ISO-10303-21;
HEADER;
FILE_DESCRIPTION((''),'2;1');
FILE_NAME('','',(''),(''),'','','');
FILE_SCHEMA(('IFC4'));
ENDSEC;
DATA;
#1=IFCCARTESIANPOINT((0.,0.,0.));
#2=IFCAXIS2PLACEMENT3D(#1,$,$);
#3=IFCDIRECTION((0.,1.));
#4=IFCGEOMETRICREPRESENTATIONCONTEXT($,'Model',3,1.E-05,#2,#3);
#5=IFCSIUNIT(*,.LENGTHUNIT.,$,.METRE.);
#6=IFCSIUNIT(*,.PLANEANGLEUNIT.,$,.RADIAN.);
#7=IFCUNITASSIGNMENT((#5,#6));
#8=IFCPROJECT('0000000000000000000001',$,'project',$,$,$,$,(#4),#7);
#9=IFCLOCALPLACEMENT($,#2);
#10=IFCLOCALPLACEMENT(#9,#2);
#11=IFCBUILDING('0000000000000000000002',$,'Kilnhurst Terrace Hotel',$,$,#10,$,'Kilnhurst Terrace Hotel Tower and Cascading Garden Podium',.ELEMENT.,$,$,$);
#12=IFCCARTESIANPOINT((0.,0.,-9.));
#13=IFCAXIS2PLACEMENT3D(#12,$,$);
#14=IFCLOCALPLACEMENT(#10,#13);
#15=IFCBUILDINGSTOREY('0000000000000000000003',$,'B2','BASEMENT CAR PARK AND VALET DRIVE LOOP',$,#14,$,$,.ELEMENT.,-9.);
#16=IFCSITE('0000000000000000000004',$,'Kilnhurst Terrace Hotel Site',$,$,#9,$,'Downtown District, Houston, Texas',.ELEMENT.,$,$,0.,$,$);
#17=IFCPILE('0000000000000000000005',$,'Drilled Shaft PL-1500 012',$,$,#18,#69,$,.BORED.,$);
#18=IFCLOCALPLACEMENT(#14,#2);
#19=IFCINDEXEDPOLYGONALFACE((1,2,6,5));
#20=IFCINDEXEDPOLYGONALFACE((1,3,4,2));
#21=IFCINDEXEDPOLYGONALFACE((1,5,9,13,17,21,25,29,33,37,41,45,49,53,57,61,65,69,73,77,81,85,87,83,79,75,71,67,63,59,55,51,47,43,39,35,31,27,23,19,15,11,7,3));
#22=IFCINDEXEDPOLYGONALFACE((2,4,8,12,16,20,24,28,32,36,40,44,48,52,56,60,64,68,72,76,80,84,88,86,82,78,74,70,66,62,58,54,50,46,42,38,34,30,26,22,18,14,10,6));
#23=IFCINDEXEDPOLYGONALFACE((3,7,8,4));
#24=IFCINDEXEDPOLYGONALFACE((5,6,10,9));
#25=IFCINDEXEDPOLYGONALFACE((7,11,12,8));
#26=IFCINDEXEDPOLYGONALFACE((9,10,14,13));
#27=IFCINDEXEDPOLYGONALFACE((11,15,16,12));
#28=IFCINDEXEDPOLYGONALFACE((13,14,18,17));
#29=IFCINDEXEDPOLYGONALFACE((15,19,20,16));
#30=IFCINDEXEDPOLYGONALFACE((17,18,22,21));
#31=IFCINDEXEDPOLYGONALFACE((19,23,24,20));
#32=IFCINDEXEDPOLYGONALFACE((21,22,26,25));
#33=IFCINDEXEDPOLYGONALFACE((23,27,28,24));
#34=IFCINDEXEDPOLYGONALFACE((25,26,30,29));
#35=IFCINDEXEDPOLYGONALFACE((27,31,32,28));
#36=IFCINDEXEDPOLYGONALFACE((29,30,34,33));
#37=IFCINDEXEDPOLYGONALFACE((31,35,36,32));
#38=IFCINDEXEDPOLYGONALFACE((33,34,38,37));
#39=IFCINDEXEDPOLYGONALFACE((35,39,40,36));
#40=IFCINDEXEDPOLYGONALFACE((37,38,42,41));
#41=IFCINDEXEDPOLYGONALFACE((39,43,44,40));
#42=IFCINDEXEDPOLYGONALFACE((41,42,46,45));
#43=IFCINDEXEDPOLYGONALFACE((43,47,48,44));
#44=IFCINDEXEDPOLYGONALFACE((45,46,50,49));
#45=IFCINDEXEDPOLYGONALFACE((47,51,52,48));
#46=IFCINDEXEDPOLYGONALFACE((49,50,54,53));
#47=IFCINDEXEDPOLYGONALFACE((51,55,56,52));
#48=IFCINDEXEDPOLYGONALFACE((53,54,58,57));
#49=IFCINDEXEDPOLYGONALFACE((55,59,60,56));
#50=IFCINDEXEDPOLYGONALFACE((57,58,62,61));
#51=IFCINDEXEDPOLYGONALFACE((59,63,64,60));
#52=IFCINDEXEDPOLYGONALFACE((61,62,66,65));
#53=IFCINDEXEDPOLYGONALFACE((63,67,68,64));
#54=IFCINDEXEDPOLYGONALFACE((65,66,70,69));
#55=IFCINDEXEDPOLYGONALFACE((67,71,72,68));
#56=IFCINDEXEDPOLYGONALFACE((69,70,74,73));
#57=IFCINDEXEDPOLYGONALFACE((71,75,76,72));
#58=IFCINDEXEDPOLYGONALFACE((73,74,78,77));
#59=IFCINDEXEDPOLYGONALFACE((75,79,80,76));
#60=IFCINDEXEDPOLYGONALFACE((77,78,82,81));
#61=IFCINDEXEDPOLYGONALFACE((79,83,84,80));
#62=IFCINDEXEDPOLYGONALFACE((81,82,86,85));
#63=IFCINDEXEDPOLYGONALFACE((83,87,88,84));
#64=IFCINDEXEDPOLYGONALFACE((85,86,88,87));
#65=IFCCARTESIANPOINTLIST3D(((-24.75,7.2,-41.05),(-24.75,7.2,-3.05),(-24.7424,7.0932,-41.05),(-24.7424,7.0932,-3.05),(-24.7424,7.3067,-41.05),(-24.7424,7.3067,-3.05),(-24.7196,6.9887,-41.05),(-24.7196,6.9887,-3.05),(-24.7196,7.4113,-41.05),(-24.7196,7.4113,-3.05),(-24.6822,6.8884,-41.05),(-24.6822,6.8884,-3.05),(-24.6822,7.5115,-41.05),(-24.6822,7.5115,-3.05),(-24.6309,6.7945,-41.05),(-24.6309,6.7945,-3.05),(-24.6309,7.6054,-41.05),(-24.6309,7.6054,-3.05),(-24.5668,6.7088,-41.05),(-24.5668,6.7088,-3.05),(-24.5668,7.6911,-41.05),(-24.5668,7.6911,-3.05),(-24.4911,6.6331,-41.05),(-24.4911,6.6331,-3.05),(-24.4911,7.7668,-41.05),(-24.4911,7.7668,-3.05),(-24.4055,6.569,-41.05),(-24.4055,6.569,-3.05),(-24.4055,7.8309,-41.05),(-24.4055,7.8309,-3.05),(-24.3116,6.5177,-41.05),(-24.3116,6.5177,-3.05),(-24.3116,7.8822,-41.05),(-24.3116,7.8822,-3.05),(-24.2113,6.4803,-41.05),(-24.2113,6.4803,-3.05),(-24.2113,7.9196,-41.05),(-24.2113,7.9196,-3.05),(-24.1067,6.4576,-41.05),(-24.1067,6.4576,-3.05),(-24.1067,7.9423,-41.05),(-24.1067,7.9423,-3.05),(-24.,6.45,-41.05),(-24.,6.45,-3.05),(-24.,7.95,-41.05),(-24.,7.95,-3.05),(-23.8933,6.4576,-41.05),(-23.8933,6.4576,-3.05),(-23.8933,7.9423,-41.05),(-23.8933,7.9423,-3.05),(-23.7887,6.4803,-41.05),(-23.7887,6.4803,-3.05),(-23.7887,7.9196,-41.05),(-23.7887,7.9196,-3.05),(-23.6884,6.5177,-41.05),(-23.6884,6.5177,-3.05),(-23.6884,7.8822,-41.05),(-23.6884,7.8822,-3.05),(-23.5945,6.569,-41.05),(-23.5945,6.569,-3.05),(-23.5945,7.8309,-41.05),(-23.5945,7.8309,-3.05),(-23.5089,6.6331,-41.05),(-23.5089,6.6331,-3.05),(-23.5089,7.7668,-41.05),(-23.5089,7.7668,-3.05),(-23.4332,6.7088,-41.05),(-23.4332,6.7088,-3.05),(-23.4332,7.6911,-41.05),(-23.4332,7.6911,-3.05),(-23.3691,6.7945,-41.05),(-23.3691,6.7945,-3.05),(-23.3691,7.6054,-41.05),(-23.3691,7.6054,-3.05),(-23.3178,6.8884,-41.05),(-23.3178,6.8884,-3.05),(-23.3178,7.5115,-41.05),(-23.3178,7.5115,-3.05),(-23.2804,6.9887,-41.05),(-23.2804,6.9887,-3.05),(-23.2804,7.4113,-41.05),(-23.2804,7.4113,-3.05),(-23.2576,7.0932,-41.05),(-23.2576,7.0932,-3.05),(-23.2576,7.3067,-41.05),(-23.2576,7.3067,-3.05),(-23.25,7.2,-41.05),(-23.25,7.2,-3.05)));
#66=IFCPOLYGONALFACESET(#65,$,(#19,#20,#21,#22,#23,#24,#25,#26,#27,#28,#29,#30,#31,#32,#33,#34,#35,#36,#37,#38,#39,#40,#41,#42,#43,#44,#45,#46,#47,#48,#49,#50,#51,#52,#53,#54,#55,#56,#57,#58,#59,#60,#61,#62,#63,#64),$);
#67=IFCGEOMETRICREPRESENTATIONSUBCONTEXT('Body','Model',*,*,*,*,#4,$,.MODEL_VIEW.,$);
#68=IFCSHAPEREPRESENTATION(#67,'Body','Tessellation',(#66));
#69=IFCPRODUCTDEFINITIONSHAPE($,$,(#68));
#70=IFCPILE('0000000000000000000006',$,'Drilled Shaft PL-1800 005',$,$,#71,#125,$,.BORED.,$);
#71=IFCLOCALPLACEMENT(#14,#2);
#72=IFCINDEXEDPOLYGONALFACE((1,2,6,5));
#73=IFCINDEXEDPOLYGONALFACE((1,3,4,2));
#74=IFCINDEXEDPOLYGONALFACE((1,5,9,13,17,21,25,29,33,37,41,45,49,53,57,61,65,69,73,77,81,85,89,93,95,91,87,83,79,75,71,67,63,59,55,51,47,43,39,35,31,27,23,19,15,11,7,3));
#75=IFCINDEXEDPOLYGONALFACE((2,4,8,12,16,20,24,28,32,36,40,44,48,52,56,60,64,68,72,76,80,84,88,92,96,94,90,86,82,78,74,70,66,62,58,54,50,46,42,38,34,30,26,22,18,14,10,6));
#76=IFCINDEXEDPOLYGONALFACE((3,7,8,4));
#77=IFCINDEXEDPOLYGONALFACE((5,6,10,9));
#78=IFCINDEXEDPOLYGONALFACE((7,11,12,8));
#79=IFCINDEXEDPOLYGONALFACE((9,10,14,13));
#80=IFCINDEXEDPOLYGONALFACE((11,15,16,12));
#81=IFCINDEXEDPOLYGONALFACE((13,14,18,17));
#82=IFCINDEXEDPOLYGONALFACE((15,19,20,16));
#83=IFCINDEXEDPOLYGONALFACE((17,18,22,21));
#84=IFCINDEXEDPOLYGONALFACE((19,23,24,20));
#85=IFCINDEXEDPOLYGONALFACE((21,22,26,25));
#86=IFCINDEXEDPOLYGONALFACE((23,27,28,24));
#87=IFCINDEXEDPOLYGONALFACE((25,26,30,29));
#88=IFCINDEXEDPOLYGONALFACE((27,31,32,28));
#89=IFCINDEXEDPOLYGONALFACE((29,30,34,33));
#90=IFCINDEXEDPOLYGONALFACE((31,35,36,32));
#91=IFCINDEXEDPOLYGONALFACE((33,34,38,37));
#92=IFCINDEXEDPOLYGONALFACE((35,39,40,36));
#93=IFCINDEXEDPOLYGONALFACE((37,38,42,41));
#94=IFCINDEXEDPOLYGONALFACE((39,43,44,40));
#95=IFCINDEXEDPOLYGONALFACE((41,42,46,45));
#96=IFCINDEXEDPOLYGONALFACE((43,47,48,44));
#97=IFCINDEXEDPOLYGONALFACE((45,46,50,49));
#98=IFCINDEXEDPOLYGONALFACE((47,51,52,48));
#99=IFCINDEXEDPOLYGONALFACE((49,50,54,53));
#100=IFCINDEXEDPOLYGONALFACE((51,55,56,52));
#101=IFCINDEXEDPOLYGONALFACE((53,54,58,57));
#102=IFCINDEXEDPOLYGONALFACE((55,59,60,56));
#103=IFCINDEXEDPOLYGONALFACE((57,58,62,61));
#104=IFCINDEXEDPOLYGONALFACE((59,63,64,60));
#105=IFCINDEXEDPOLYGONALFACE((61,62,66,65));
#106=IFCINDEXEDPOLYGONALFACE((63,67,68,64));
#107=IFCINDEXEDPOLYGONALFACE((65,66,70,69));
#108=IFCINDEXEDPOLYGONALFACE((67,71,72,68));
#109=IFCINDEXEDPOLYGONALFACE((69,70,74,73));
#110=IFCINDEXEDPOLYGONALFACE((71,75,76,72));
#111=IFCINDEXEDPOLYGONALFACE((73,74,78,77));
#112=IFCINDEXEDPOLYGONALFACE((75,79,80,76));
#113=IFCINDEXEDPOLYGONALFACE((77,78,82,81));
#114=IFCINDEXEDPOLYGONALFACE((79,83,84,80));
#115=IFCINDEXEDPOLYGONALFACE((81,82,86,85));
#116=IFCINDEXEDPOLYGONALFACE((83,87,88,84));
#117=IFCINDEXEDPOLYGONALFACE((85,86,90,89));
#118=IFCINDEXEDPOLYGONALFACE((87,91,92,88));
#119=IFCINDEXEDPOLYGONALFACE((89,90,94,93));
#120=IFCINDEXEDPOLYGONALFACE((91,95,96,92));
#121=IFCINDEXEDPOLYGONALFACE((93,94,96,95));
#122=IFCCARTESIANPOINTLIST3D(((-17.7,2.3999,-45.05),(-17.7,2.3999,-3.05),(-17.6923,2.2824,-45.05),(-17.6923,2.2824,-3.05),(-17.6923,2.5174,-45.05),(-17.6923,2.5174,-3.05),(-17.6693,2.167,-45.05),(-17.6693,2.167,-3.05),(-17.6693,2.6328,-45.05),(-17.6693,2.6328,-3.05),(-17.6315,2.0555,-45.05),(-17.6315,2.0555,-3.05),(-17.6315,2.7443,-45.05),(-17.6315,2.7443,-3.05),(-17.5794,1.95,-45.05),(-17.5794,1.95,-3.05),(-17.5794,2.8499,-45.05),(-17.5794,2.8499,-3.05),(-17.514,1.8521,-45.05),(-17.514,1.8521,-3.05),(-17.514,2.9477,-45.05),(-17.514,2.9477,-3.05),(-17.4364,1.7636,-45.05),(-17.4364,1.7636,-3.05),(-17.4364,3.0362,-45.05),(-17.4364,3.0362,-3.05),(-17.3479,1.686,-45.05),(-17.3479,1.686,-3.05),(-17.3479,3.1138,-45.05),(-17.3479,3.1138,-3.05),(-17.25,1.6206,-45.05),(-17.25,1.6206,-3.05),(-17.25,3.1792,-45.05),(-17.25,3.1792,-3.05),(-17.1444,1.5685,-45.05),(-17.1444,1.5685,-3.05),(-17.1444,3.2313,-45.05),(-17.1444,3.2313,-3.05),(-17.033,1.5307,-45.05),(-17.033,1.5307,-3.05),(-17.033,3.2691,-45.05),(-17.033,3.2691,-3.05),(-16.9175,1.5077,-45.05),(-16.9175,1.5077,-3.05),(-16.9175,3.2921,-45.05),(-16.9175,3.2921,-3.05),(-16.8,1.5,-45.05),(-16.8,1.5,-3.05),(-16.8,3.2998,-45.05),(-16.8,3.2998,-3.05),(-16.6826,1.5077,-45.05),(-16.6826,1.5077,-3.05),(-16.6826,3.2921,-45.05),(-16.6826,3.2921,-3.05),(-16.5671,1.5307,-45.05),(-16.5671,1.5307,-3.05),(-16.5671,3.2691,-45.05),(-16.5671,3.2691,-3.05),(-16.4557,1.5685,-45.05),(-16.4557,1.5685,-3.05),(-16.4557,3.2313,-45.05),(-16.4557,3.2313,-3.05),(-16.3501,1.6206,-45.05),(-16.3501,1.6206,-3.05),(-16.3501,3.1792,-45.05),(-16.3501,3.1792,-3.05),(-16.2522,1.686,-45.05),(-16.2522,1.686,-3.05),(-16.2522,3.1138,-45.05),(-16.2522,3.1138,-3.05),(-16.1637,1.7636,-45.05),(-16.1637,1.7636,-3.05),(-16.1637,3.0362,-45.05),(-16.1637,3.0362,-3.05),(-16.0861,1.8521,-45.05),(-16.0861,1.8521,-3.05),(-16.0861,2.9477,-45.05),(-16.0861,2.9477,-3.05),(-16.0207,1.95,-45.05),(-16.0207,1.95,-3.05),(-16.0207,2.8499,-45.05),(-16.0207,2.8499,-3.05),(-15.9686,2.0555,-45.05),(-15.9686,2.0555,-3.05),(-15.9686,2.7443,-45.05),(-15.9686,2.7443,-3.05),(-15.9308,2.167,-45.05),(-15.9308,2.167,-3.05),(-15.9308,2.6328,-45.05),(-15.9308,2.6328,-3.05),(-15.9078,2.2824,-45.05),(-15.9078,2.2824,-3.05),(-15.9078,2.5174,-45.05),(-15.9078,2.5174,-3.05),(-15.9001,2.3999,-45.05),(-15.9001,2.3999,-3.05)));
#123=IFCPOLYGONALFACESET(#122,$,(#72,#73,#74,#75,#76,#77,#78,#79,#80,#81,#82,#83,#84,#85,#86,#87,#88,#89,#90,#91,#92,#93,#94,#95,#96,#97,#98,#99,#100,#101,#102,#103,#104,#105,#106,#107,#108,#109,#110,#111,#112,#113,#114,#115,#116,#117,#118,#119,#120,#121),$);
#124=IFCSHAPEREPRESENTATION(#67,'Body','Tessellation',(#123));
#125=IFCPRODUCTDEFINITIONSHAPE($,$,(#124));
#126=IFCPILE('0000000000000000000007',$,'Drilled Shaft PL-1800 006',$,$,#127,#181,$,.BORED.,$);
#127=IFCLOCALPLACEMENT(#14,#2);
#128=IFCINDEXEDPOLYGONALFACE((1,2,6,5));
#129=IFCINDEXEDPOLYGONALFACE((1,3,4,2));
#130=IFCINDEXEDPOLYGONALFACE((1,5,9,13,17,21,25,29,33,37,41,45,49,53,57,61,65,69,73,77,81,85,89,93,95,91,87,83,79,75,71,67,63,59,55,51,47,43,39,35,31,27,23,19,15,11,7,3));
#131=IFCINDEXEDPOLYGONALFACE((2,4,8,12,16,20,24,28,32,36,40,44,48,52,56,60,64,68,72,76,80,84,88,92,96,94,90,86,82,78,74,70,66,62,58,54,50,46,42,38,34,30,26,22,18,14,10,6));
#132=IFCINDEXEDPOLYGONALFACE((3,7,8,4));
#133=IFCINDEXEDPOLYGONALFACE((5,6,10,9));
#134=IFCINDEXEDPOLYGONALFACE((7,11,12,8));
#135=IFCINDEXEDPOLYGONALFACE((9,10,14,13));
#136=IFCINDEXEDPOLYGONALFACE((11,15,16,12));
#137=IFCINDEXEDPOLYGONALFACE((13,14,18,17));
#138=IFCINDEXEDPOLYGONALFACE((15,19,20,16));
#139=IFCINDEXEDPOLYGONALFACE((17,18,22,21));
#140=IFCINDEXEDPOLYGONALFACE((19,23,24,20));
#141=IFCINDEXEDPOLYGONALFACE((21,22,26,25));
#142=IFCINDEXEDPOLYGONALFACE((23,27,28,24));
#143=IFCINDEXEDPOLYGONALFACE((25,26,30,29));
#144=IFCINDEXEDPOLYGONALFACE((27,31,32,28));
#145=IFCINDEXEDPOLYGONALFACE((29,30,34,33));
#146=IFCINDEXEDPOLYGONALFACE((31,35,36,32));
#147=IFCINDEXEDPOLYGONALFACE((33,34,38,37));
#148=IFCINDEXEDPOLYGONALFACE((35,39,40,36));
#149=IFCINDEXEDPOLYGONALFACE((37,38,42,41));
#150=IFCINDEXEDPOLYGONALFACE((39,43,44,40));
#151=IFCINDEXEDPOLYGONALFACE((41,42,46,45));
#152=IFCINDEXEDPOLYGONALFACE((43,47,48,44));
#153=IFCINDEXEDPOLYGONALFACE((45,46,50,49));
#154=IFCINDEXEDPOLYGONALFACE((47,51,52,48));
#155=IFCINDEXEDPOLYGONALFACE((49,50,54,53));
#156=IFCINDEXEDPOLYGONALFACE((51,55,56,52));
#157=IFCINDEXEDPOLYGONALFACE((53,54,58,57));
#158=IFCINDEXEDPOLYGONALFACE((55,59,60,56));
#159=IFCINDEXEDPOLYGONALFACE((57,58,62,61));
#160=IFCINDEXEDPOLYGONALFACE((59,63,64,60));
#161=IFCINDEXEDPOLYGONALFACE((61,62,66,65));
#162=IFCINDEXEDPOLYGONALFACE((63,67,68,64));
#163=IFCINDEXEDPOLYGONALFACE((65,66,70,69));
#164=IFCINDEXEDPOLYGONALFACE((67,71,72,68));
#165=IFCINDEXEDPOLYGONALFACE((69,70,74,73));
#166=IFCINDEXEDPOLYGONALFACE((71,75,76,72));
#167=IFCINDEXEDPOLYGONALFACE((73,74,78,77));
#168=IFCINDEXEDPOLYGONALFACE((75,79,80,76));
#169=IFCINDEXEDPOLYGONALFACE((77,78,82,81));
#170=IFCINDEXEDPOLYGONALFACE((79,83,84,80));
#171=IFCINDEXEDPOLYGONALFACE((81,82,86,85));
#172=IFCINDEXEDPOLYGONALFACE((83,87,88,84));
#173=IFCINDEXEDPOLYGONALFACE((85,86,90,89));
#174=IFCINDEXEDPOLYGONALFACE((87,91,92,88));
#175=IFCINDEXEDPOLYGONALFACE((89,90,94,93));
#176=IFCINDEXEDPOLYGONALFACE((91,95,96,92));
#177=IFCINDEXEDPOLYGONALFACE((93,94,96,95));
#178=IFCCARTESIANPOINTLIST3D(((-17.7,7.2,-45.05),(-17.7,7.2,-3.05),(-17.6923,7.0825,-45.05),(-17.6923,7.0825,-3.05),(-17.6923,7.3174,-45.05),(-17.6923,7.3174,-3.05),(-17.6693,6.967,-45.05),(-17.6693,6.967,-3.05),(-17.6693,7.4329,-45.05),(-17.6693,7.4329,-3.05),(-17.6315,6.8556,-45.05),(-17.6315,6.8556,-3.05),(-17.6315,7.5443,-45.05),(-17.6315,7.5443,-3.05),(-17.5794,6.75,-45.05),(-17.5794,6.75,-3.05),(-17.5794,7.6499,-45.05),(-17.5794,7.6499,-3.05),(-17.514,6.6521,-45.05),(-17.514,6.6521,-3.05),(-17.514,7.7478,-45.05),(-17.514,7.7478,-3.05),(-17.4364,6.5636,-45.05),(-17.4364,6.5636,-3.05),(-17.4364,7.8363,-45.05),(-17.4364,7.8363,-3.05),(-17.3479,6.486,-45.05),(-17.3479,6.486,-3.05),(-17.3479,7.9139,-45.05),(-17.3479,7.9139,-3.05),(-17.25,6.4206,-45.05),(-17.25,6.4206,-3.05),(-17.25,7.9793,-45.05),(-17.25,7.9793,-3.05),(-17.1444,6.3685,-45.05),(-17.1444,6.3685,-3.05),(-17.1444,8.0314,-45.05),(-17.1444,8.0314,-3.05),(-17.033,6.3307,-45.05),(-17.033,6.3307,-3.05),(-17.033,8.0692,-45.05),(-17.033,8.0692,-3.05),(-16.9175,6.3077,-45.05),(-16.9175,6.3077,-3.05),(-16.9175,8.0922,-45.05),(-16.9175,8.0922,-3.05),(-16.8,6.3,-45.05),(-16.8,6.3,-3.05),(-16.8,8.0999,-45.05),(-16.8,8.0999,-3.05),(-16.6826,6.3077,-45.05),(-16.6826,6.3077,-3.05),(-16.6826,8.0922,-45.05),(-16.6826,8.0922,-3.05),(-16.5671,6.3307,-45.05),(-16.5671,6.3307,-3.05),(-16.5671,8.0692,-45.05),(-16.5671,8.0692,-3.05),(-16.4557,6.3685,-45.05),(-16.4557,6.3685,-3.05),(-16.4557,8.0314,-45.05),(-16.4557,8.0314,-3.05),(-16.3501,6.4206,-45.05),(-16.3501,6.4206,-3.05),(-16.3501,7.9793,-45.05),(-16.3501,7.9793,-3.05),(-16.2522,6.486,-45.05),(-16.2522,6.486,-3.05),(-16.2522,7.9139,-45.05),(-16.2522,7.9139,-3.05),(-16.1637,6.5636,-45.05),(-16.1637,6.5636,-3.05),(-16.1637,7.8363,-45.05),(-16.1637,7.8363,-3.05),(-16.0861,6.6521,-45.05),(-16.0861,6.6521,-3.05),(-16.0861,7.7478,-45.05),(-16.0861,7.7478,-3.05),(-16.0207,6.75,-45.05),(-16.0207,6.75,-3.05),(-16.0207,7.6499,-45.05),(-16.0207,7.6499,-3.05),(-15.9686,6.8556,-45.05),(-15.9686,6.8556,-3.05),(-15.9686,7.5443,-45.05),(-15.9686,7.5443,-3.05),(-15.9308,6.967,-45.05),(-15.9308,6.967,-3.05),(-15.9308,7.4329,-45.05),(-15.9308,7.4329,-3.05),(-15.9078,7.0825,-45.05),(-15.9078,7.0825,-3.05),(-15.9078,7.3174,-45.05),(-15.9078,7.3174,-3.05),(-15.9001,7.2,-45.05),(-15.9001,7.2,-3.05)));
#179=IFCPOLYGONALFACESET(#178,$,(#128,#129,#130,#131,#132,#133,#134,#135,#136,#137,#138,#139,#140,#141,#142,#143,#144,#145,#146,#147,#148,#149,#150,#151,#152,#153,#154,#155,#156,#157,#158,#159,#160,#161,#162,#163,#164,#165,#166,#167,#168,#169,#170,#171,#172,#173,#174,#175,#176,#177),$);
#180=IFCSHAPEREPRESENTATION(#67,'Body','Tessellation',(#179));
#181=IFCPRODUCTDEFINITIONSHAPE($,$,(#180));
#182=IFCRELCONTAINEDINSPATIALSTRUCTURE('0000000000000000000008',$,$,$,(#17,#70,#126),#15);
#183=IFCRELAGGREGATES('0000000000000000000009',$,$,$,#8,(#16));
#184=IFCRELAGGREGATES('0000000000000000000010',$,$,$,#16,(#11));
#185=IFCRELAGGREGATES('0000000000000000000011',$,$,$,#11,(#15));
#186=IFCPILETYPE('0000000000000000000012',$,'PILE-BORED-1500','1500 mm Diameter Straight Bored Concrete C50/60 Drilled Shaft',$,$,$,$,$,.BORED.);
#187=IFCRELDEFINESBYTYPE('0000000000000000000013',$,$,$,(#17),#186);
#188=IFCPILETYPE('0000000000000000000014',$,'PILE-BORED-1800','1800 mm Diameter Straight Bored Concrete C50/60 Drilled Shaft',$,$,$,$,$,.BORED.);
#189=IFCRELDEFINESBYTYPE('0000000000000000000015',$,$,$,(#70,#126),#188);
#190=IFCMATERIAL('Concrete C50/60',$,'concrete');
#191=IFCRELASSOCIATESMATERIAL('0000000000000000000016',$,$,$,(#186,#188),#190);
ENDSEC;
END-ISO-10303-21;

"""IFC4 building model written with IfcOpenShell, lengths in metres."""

from ifc_helpers import new_model, si_unit, direction, frame, origin, origin_2d, place, context, subcontext, project, spatial, circle, extrude, material, material_profile, profile_set, type_object, element, save


model = new_model("IFC4")

# Units and contexts
model_context = context("Model", 3, precision=1e-05, world=origin(), true_north=direction((0.0, 1.0)))
body_context = subcontext(model_context, "Body", "Model", "MODEL_VIEW")
ifc_project = project(units=[si_unit("LENGTHUNIT", "METRE"), si_unit("PLANEANGLEUNIT", "RADIAN")], contexts=[model_context])

# Site, building, storey
site_placement = place(None, origin())
site = spatial("IfcSite", under=ifc_project, at=site_placement, Name="Kilnhurst Terrace Hotel Site", LongName="Downtown District, Houston, Texas", CompositionType="ELEMENT", RefElevation=0.0)
building_placement = place(site_placement, origin())
building = spatial("IfcBuilding", under=site, at=building_placement, Name="Kilnhurst Terrace Hotel", LongName="Kilnhurst Terrace Hotel Tower and Cascading Garden Podium", CompositionType="ELEMENT")
storey_placement = place(building_placement, frame((0.0, 0.0, -9.0)))
storey = spatial("IfcBuildingStorey", under=building, at=storey_placement, Name="B2", Description="BASEMENT CAR PARK AND VALET DRIVE LOOP", CompositionType="ELEMENT", Elevation=-9.0)

# Piles
ifc_material_1 = material(Name="Concrete C50/60", Category="concrete")
ifc_material_profile_1 = material_profile(ifc_material_1, circle(Radius=0.75, at=origin_2d()), Name="PILE1500")
ifc_profile_set_1 = profile_set([ifc_material_profile_1], Name="Concrete C50/60")
pile_type_1 = type_object("IfcPileType", Name="PILE-BORED-1500", Description="1500 mm Diameter Straight Bored Concrete C50/60 Drilled Shaft", PredefinedType="BORED", material=ifc_profile_set_1)
for number, where, z_axis, x_axis, name in (
    (1, (-24.0, 7.2, -3.05), (0.0, 0.0, -1.0), (1.0, 0.0, 0.0), "Drilled Shaft PL-1500 012"),
):
    element("IfcPile", number, at=place(storey_placement, frame(where, z_axis=z_axis, x_axis=x_axis)), inside=storey, type_object=pile_type_1, Name=name, PredefinedType="BORED", context=body_context, shape_type="SweptSolid", body=[
        extrude(circle(Radius=0.75, at=origin_2d()), origin(), (0.0, 0.0, 1.0), 38.0),
    ])
ifc_material_profile_2 = material_profile(ifc_material_1, circle(Radius=0.8999, at=origin_2d()), Name="PILE1800")
ifc_profile_set_2 = profile_set([ifc_material_profile_2], Name="Concrete C50/60")
pile_type_2 = type_object("IfcPileType", Name="PILE-BORED-1800", Description="1800 mm Diameter Straight Bored Concrete C50/60 Drilled Shaft", PredefinedType="BORED", material=ifc_profile_set_2)
for number, where, z_axis, x_axis, name in (
    (2, (-16.8, 2.3999, -3.05), (0.0, 0.0, -1.0), (1.0, 0.0, 0.0), "Drilled Shaft PL-1800 005"),
    (3, (-16.8, 7.2, -3.05), (0.0, 0.0, -1.0), (1.0, 0.0, 0.0), "Drilled Shaft PL-1800 006"),
):
    element("IfcPile", number, at=place(storey_placement, frame(where, z_axis=z_axis, x_axis=x_axis)), inside=storey, type_object=pile_type_2, Name=name, PredefinedType="BORED", context=body_context, shape_type="SweptSolid", body=[
        extrude(circle(Radius=0.8999, at=origin_2d()), origin(), (0.0, 0.0, 1.0), 42.0),
    ])

save(model, "model.ifc")
